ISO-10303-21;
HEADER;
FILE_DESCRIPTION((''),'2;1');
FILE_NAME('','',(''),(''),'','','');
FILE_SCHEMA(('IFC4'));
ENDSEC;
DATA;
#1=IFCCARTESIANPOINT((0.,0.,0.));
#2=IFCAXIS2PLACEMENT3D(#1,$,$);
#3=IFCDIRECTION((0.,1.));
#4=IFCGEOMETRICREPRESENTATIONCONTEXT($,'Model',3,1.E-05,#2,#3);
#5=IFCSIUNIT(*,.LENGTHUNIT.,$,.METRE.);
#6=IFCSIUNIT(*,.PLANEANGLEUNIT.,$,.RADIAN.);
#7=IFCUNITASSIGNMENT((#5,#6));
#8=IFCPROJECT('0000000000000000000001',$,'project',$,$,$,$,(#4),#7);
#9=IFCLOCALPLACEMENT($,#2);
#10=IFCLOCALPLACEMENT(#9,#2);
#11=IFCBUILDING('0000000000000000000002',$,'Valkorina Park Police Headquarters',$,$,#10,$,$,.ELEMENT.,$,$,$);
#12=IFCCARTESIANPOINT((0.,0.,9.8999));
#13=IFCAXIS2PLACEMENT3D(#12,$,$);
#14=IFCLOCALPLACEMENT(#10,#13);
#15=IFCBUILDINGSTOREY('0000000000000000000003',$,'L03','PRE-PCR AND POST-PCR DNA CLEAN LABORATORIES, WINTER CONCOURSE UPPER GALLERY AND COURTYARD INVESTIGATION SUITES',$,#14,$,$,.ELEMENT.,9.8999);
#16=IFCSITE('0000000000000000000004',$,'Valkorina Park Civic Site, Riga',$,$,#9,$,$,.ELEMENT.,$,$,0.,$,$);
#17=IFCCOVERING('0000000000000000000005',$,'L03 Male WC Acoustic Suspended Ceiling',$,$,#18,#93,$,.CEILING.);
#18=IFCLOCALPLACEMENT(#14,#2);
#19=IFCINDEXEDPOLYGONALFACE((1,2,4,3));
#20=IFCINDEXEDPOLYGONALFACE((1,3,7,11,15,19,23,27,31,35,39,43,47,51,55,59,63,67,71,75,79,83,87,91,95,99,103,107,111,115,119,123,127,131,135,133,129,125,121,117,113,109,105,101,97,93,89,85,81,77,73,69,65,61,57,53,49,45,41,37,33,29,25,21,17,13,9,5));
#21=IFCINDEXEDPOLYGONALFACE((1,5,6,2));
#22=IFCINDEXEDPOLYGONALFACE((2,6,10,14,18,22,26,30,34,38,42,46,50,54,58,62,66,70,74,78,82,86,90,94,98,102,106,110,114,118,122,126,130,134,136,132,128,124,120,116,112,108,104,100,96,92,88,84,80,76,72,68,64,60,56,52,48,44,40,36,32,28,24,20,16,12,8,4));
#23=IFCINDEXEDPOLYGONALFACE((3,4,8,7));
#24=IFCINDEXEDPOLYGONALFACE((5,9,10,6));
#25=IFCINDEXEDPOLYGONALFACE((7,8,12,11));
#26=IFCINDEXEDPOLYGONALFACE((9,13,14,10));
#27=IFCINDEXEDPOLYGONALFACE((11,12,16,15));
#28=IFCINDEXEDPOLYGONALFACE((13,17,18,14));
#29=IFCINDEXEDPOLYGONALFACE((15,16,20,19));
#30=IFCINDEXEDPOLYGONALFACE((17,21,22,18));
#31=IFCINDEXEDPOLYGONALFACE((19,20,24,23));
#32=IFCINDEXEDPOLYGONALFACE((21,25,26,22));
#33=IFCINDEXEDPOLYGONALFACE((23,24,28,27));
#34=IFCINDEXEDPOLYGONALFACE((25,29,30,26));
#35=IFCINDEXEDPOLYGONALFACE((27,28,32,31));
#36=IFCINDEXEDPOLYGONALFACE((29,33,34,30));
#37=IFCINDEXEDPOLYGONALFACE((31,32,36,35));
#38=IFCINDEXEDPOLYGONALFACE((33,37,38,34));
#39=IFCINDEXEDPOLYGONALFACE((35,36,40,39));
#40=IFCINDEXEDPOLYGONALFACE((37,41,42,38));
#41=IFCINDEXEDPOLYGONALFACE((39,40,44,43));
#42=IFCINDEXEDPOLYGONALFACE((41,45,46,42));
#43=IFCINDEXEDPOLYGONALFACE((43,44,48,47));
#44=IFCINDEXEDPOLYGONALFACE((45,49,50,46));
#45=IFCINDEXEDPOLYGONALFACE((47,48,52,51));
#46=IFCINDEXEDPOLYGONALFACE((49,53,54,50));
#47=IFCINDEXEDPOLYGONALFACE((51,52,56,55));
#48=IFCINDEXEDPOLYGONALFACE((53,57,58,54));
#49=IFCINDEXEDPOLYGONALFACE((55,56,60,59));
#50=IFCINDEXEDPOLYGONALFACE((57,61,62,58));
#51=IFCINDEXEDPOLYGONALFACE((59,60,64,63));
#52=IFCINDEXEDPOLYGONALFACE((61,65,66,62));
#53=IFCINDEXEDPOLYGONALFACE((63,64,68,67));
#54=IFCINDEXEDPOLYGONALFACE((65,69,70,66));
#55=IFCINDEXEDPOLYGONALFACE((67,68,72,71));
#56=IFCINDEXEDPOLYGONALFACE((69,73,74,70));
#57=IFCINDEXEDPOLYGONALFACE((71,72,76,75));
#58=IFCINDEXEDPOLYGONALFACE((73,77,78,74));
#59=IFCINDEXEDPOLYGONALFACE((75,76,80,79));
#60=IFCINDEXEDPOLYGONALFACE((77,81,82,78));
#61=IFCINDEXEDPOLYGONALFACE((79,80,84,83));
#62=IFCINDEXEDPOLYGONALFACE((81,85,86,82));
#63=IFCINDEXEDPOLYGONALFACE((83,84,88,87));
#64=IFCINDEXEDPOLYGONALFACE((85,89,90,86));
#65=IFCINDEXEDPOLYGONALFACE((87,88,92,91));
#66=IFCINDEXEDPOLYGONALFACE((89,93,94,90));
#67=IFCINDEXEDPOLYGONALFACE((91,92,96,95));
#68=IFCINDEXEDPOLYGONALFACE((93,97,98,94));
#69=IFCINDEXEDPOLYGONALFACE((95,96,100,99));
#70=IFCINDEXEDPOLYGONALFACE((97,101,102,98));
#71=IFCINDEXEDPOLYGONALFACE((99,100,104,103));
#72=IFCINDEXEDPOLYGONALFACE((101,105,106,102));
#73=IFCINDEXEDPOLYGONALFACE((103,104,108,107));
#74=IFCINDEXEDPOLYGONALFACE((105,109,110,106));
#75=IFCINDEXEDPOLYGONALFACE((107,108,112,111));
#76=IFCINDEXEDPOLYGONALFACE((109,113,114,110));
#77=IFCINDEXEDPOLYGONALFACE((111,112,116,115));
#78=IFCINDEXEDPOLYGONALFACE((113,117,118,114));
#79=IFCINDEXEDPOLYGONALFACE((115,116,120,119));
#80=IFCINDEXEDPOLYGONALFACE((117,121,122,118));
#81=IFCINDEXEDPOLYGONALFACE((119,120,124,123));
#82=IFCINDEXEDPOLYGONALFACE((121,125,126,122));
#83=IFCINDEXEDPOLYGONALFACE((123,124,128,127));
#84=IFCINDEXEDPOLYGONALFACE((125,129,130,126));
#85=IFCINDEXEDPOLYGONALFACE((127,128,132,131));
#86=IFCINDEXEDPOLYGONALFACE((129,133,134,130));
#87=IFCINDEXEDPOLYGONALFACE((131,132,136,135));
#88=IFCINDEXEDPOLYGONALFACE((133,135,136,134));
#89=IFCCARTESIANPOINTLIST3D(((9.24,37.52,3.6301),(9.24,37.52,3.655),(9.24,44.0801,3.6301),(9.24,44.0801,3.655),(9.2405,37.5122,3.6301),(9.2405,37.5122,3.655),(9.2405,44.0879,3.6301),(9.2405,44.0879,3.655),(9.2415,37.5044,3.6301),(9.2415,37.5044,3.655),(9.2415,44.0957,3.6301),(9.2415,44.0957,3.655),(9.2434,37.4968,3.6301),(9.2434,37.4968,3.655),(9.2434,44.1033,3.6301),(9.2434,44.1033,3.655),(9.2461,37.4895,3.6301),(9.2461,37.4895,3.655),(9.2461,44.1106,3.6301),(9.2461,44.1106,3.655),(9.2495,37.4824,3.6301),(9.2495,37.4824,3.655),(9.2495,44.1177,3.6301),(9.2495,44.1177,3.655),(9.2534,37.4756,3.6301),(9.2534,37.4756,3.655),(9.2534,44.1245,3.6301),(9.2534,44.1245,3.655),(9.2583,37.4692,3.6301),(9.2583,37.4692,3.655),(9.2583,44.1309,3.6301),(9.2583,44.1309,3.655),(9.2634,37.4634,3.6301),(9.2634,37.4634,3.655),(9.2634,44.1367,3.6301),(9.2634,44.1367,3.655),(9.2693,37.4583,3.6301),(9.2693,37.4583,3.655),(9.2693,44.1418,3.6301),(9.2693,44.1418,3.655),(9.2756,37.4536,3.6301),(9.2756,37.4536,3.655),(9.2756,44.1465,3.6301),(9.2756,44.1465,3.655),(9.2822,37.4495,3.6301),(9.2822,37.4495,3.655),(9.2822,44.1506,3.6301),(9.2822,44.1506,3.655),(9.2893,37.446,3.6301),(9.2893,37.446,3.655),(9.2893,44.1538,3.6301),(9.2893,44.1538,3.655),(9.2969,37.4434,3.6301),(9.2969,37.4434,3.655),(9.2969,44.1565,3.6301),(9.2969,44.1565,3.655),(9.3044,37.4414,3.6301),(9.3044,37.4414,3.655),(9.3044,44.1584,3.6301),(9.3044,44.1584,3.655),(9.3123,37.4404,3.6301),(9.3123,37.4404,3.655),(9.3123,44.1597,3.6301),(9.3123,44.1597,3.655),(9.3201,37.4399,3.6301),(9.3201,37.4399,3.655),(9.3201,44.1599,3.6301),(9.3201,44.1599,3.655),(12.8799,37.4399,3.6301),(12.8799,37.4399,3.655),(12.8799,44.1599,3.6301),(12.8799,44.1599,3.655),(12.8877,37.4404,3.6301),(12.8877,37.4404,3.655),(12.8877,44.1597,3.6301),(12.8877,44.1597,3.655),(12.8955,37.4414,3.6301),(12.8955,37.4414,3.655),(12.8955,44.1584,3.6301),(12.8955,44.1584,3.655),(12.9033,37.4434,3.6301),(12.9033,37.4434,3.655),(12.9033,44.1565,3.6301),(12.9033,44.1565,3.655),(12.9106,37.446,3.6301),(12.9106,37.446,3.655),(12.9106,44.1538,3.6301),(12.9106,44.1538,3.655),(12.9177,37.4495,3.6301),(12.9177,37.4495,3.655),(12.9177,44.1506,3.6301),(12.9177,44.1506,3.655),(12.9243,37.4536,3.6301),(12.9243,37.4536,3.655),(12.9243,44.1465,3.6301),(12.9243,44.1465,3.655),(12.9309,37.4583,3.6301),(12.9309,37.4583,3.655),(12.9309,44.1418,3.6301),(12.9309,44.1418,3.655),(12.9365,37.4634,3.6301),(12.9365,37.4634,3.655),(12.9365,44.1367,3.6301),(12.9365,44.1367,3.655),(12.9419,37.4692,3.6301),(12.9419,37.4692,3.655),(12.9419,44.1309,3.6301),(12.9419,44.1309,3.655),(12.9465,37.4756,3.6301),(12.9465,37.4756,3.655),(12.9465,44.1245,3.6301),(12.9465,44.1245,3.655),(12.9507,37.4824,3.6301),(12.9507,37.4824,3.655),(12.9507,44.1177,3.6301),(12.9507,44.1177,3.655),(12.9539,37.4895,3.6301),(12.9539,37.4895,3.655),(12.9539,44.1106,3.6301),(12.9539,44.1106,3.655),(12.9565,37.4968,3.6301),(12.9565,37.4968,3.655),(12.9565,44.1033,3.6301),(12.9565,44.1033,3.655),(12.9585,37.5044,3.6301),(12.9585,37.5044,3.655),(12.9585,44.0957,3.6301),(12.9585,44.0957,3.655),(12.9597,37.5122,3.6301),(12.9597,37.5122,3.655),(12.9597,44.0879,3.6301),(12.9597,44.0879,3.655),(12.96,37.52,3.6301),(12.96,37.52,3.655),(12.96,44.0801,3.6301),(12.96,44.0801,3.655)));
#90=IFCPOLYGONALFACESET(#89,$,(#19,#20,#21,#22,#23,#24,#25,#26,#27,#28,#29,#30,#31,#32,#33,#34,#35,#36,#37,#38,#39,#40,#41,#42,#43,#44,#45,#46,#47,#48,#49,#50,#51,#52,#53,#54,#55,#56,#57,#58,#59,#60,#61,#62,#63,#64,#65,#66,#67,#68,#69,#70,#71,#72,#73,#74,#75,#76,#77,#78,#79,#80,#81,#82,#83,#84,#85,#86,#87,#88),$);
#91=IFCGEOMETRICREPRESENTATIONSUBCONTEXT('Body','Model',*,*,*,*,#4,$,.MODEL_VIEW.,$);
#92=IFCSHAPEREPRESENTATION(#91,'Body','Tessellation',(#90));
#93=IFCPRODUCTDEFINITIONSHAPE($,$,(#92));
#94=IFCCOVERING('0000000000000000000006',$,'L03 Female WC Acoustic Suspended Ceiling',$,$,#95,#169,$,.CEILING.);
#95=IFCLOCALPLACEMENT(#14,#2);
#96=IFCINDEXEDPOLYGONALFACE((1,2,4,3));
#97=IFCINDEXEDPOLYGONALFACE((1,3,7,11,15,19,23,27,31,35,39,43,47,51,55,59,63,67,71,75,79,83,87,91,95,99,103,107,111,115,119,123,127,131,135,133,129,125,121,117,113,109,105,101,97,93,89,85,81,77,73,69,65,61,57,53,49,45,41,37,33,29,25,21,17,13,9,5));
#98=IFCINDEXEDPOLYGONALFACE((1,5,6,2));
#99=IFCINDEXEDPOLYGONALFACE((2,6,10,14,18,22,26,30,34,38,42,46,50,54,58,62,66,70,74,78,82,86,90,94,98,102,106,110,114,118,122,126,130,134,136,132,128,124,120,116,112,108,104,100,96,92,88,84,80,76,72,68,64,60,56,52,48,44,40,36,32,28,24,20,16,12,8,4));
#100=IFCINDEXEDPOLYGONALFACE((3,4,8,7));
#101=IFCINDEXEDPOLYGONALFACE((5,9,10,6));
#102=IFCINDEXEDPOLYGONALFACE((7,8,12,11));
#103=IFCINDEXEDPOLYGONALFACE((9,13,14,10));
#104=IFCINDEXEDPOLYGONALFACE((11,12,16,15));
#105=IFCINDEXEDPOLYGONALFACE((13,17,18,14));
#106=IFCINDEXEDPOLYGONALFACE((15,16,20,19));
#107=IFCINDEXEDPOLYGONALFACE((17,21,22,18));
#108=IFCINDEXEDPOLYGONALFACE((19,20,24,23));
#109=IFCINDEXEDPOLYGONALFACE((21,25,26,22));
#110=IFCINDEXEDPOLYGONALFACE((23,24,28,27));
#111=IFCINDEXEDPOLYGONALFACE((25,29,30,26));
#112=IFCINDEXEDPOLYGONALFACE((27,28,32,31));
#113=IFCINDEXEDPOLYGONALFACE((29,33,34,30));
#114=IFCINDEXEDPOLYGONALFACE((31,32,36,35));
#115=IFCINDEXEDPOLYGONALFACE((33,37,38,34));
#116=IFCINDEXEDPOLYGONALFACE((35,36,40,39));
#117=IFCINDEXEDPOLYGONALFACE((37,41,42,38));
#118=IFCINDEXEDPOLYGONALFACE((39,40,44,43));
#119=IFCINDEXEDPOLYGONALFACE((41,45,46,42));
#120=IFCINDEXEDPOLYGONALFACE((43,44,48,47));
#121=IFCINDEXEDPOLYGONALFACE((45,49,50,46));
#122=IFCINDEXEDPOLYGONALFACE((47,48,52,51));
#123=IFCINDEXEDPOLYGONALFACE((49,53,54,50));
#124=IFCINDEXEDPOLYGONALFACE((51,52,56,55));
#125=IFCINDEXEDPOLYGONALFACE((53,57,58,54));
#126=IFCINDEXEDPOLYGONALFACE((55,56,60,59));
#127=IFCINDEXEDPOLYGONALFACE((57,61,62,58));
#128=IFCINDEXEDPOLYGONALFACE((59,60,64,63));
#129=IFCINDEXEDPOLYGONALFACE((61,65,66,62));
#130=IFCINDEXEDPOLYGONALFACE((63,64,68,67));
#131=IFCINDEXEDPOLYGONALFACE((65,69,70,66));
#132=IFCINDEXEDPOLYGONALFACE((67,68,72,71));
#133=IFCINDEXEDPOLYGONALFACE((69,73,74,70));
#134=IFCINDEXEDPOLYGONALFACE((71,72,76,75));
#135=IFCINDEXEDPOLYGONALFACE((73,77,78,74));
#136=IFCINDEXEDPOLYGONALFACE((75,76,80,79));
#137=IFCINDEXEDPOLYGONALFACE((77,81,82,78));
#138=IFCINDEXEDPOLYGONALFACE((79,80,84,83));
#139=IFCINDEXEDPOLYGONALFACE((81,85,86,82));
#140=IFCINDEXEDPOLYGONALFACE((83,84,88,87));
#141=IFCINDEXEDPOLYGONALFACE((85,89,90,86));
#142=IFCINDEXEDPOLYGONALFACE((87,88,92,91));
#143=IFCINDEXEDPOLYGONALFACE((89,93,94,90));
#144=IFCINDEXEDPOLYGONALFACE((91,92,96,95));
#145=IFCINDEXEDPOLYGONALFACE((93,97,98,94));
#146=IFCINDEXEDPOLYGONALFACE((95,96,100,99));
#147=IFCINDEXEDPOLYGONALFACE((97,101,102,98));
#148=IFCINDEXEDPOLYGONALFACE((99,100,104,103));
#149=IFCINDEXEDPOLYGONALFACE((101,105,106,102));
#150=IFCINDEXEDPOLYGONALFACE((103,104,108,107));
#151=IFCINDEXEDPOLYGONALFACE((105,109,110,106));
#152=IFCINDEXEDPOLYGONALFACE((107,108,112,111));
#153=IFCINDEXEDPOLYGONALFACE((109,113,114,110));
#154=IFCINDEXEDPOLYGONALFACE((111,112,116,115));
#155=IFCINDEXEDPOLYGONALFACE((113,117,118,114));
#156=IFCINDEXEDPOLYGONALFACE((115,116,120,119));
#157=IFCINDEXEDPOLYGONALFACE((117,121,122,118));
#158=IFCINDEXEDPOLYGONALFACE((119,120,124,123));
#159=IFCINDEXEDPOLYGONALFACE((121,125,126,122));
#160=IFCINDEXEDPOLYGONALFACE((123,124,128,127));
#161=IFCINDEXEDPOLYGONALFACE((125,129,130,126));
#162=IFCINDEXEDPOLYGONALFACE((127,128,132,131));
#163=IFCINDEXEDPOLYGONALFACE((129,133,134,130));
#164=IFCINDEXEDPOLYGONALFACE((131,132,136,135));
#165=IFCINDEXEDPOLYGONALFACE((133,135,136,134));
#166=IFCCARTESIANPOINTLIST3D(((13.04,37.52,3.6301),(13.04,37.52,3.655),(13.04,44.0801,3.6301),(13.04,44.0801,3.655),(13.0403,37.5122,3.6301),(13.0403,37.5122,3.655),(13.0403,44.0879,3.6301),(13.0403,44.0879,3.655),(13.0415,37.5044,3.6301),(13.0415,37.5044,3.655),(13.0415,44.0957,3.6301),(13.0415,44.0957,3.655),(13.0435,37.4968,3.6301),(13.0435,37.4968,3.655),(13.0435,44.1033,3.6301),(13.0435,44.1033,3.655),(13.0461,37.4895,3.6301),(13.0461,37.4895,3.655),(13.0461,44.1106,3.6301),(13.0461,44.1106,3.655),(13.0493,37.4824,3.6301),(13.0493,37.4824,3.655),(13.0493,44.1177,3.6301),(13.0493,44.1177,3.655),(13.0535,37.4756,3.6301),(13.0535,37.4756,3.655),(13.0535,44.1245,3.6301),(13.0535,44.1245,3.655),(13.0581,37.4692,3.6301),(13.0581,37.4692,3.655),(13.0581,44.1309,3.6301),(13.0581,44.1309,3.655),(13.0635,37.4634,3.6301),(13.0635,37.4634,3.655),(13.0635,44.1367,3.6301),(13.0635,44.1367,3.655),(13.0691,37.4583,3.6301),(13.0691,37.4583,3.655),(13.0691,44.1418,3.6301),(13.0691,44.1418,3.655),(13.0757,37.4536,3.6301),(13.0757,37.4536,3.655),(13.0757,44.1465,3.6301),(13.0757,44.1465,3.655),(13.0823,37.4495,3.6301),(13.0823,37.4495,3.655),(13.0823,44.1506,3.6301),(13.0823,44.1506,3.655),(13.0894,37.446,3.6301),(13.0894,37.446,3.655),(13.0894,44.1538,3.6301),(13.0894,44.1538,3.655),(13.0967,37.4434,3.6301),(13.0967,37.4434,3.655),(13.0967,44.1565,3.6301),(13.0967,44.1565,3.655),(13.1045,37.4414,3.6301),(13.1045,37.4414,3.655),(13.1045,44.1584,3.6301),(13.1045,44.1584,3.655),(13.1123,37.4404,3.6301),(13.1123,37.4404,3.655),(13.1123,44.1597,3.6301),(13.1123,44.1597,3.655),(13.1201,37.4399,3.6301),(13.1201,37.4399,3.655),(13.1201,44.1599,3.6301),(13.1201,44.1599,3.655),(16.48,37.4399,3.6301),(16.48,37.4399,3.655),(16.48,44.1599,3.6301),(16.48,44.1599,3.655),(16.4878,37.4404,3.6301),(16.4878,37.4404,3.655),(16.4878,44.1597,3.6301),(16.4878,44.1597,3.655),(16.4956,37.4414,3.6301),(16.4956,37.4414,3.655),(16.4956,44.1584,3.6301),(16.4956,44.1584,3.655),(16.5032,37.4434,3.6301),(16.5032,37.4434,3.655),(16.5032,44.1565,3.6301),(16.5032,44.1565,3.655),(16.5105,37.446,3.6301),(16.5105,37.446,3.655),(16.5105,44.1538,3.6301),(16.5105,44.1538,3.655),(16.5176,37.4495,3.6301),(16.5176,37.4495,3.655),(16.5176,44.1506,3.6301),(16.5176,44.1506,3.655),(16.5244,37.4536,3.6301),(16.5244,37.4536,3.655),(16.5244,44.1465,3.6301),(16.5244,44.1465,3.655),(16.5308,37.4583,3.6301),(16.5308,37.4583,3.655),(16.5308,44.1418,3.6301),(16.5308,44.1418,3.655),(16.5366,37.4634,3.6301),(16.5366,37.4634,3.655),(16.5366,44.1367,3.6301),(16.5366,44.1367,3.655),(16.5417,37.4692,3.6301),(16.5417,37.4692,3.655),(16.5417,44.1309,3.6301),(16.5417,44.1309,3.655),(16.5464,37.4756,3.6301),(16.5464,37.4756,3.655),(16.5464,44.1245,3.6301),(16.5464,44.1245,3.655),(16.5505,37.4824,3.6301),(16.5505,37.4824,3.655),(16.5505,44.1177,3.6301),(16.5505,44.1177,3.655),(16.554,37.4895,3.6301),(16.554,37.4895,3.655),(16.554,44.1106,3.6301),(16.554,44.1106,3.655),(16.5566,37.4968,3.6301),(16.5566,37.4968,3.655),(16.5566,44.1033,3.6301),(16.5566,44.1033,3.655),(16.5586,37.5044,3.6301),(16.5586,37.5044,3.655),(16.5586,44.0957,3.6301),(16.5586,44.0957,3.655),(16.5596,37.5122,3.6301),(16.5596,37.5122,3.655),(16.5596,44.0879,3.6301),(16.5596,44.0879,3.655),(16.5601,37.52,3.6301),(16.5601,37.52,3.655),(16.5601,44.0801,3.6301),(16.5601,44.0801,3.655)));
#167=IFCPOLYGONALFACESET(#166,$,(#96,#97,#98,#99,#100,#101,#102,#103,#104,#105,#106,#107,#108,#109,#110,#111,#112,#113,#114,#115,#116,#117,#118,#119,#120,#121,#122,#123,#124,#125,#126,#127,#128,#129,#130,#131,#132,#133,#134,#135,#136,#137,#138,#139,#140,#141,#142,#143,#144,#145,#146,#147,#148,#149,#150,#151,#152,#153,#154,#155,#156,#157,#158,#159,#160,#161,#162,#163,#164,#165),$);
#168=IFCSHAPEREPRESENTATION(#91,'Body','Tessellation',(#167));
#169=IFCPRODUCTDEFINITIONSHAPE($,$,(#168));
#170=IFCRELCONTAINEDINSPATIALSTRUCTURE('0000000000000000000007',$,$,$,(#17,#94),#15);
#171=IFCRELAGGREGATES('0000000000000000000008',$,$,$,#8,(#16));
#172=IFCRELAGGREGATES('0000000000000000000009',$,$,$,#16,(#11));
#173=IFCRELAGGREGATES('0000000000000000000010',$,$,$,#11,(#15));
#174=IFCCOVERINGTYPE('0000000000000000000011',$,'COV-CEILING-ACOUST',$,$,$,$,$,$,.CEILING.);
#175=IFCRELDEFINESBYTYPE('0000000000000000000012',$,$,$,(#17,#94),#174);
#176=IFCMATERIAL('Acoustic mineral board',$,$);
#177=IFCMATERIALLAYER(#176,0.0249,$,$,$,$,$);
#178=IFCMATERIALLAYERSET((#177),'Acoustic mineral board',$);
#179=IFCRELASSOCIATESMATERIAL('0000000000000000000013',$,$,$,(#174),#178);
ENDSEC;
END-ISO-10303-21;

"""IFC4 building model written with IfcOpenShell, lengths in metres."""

from ifc_helpers import new_model, si_unit, direction, frame, origin, place, context, subcontext, project, spatial, polyline, outline, extrude, material, layer, layer_set, type_object, element, save


model = new_model("IFC4")

# Units and contexts
model_context = context("Model", 3, precision=1e-05, world=origin(), true_north=direction((0.0, 1.0)))
body_context = subcontext(model_context, "Body", "Model", "MODEL_VIEW")
ifc_project = project(units=[si_unit("LENGTHUNIT", "METRE"), si_unit("PLANEANGLEUNIT", "RADIAN")], contexts=[model_context])

# Site, building, storey
site_placement = place(None, origin())
site = spatial("IfcSite", under=ifc_project, at=site_placement, Name="Valkorina Park Civic Site, Riga", CompositionType="ELEMENT", RefElevation=0.0)
building_placement = place(site_placement, origin())
building = spatial("IfcBuilding", under=site, at=building_placement, Name="Valkorina Park Police Headquarters", CompositionType="ELEMENT")
storey_placement = place(building_placement, frame((0.0, 0.0, 9.8999)))
storey = spatial("IfcBuildingStorey", under=building, at=storey_placement, Name="L03", Description="PRE-PCR AND POST-PCR DNA CLEAN LABORATORIES, WINTER CONCOURSE UPPER GALLERY AND COURTYARD INVESTIGATION SUITES", CompositionType="ELEMENT", Elevation=9.8999)

# Coverings
ifc_material_1 = material(Name="Acoustic mineral board")
ifc_layer_1 = layer(ifc_material_1, 0.0249)
ifc_layer_set_1 = layer_set([ifc_layer_1], Name="Acoustic mineral board")
covering_type_1 = type_object("IfcCoveringType", Name="COV-CEILING-ACOUST", PredefinedType="CEILING", material=ifc_layer_set_1)
covering_1_placement = place(storey_placement, frame((0.0, 0.0, 3.6301)))
element("IfcCovering", 1, at=covering_1_placement, inside=storey, type_object=covering_type_1, Name="L03 Male WC Acoustic Suspended Ceiling", PredefinedType="CEILING", context=body_context, shape_type="SweptSolid", body=[
    extrude(outline(polyline([(12.9585, 37.5044), (12.9597, 37.5122), (12.96, 37.52), (12.96, 44.0801), (12.9597, 44.0879), (12.9585, 44.0957), (12.9565, 44.1033), (12.9539, 44.1106), (12.9507, 44.1177), (12.9465, 44.1245), (12.9419, 44.1309), (12.9365, 44.1367), (12.9309, 44.1418), (12.9243, 44.1465), (12.9177, 44.1506), (12.9106, 44.1538), (12.9033, 44.1565), (12.8955, 44.1584), (12.8877, 44.1597), (12.8799, 44.1599), (9.3201, 44.1599), (9.3123, 44.1597), (9.3044, 44.1584), (9.2969, 44.1565), (9.2893, 44.1538), (9.2822, 44.1506), (9.2756, 44.1465), (9.2693, 44.1418), (9.2634, 44.1367), (9.2583, 44.1309), (9.2534, 44.1245), (9.2495, 44.1177), (9.2461, 44.1106), (9.2434, 44.1033), (9.2415, 44.0957), (9.2405, 44.0879), (9.24, 44.0801), (9.24, 37.52), (9.2405, 37.5122), (9.2415, 37.5044), (9.2434, 37.4968), (9.2461, 37.4895), (9.2495, 37.4824), (9.2534, 37.4756), (9.2583, 37.4692), (9.2634, 37.4634), (9.2693, 37.4583), (9.2756, 37.4536), (9.2822, 37.4495), (9.2893, 37.446), (9.2969, 37.4434), (9.3044, 37.4414), (9.3123, 37.4404), (9.3201, 37.4399), (12.8799, 37.4399), (12.8877, 37.4404), (12.8955, 37.4414), (12.9033, 37.4434), (12.9106, 37.446), (12.9177, 37.4495), (12.9243, 37.4536), (12.9309, 37.4583), (12.9365, 37.4634), (12.9419, 37.4692), (12.9465, 37.4756), (12.9507, 37.4824), (12.9539, 37.4895), (12.9565, 37.4968), (12.9585, 37.5044)])), origin(), (0.0, 0.0, 1.0), 0.0249),
])
covering_2_placement = place(storey_placement, frame((0.0, 0.0, 3.6301)))
element("IfcCovering", 2, at=covering_2_placement, inside=storey, type_object=covering_type_1, Name="L03 Female WC Acoustic Suspended Ceiling", PredefinedType="CEILING", context=body_context, shape_type="SweptSolid", body=[
    extrude(outline(polyline([(16.5586, 37.5044), (16.5596, 37.5122), (16.5601, 37.52), (16.5601, 44.0801), (16.5596, 44.0879), (16.5586, 44.0957), (16.5566, 44.1033), (16.554, 44.1106), (16.5505, 44.1177), (16.5464, 44.1245), (16.5417, 44.1309), (16.5366, 44.1367), (16.5308, 44.1418), (16.5244, 44.1465), (16.5176, 44.1506), (16.5105, 44.1538), (16.5032, 44.1565), (16.4956, 44.1584), (16.4878, 44.1597), (16.48, 44.1599), (13.1201, 44.1599), (13.1123, 44.1597), (13.1045, 44.1584), (13.0967, 44.1565), (13.0894, 44.1538), (13.0823, 44.1506), (13.0757, 44.1465), (13.0691, 44.1418), (13.0635, 44.1367), (13.0581, 44.1309), (13.0535, 44.1245), (13.0493, 44.1177), (13.0461, 44.1106), (13.0435, 44.1033), (13.0415, 44.0957), (13.0403, 44.0879), (13.04, 44.0801), (13.04, 37.52), (13.0403, 37.5122), (13.0415, 37.5044), (13.0435, 37.4968), (13.0461, 37.4895), (13.0493, 37.4824), (13.0535, 37.4756), (13.0581, 37.4692), (13.0635, 37.4634), (13.0691, 37.4583), (13.0757, 37.4536), (13.0823, 37.4495), (13.0894, 37.446), (13.0967, 37.4434), (13.1045, 37.4414), (13.1123, 37.4404), (13.1201, 37.4399), (16.48, 37.4399), (16.4878, 37.4404), (16.4956, 37.4414), (16.5032, 37.4434), (16.5105, 37.446), (16.5176, 37.4495), (16.5244, 37.4536), (16.5308, 37.4583), (16.5366, 37.4634), (16.5417, 37.4692), (16.5464, 37.4756), (16.5505, 37.4824), (16.554, 37.4895), (16.5566, 37.4968), (16.5586, 37.5044)])), origin(), (0.0, 0.0, 1.0), 0.0249),
])

save(model, "model.ifc")
